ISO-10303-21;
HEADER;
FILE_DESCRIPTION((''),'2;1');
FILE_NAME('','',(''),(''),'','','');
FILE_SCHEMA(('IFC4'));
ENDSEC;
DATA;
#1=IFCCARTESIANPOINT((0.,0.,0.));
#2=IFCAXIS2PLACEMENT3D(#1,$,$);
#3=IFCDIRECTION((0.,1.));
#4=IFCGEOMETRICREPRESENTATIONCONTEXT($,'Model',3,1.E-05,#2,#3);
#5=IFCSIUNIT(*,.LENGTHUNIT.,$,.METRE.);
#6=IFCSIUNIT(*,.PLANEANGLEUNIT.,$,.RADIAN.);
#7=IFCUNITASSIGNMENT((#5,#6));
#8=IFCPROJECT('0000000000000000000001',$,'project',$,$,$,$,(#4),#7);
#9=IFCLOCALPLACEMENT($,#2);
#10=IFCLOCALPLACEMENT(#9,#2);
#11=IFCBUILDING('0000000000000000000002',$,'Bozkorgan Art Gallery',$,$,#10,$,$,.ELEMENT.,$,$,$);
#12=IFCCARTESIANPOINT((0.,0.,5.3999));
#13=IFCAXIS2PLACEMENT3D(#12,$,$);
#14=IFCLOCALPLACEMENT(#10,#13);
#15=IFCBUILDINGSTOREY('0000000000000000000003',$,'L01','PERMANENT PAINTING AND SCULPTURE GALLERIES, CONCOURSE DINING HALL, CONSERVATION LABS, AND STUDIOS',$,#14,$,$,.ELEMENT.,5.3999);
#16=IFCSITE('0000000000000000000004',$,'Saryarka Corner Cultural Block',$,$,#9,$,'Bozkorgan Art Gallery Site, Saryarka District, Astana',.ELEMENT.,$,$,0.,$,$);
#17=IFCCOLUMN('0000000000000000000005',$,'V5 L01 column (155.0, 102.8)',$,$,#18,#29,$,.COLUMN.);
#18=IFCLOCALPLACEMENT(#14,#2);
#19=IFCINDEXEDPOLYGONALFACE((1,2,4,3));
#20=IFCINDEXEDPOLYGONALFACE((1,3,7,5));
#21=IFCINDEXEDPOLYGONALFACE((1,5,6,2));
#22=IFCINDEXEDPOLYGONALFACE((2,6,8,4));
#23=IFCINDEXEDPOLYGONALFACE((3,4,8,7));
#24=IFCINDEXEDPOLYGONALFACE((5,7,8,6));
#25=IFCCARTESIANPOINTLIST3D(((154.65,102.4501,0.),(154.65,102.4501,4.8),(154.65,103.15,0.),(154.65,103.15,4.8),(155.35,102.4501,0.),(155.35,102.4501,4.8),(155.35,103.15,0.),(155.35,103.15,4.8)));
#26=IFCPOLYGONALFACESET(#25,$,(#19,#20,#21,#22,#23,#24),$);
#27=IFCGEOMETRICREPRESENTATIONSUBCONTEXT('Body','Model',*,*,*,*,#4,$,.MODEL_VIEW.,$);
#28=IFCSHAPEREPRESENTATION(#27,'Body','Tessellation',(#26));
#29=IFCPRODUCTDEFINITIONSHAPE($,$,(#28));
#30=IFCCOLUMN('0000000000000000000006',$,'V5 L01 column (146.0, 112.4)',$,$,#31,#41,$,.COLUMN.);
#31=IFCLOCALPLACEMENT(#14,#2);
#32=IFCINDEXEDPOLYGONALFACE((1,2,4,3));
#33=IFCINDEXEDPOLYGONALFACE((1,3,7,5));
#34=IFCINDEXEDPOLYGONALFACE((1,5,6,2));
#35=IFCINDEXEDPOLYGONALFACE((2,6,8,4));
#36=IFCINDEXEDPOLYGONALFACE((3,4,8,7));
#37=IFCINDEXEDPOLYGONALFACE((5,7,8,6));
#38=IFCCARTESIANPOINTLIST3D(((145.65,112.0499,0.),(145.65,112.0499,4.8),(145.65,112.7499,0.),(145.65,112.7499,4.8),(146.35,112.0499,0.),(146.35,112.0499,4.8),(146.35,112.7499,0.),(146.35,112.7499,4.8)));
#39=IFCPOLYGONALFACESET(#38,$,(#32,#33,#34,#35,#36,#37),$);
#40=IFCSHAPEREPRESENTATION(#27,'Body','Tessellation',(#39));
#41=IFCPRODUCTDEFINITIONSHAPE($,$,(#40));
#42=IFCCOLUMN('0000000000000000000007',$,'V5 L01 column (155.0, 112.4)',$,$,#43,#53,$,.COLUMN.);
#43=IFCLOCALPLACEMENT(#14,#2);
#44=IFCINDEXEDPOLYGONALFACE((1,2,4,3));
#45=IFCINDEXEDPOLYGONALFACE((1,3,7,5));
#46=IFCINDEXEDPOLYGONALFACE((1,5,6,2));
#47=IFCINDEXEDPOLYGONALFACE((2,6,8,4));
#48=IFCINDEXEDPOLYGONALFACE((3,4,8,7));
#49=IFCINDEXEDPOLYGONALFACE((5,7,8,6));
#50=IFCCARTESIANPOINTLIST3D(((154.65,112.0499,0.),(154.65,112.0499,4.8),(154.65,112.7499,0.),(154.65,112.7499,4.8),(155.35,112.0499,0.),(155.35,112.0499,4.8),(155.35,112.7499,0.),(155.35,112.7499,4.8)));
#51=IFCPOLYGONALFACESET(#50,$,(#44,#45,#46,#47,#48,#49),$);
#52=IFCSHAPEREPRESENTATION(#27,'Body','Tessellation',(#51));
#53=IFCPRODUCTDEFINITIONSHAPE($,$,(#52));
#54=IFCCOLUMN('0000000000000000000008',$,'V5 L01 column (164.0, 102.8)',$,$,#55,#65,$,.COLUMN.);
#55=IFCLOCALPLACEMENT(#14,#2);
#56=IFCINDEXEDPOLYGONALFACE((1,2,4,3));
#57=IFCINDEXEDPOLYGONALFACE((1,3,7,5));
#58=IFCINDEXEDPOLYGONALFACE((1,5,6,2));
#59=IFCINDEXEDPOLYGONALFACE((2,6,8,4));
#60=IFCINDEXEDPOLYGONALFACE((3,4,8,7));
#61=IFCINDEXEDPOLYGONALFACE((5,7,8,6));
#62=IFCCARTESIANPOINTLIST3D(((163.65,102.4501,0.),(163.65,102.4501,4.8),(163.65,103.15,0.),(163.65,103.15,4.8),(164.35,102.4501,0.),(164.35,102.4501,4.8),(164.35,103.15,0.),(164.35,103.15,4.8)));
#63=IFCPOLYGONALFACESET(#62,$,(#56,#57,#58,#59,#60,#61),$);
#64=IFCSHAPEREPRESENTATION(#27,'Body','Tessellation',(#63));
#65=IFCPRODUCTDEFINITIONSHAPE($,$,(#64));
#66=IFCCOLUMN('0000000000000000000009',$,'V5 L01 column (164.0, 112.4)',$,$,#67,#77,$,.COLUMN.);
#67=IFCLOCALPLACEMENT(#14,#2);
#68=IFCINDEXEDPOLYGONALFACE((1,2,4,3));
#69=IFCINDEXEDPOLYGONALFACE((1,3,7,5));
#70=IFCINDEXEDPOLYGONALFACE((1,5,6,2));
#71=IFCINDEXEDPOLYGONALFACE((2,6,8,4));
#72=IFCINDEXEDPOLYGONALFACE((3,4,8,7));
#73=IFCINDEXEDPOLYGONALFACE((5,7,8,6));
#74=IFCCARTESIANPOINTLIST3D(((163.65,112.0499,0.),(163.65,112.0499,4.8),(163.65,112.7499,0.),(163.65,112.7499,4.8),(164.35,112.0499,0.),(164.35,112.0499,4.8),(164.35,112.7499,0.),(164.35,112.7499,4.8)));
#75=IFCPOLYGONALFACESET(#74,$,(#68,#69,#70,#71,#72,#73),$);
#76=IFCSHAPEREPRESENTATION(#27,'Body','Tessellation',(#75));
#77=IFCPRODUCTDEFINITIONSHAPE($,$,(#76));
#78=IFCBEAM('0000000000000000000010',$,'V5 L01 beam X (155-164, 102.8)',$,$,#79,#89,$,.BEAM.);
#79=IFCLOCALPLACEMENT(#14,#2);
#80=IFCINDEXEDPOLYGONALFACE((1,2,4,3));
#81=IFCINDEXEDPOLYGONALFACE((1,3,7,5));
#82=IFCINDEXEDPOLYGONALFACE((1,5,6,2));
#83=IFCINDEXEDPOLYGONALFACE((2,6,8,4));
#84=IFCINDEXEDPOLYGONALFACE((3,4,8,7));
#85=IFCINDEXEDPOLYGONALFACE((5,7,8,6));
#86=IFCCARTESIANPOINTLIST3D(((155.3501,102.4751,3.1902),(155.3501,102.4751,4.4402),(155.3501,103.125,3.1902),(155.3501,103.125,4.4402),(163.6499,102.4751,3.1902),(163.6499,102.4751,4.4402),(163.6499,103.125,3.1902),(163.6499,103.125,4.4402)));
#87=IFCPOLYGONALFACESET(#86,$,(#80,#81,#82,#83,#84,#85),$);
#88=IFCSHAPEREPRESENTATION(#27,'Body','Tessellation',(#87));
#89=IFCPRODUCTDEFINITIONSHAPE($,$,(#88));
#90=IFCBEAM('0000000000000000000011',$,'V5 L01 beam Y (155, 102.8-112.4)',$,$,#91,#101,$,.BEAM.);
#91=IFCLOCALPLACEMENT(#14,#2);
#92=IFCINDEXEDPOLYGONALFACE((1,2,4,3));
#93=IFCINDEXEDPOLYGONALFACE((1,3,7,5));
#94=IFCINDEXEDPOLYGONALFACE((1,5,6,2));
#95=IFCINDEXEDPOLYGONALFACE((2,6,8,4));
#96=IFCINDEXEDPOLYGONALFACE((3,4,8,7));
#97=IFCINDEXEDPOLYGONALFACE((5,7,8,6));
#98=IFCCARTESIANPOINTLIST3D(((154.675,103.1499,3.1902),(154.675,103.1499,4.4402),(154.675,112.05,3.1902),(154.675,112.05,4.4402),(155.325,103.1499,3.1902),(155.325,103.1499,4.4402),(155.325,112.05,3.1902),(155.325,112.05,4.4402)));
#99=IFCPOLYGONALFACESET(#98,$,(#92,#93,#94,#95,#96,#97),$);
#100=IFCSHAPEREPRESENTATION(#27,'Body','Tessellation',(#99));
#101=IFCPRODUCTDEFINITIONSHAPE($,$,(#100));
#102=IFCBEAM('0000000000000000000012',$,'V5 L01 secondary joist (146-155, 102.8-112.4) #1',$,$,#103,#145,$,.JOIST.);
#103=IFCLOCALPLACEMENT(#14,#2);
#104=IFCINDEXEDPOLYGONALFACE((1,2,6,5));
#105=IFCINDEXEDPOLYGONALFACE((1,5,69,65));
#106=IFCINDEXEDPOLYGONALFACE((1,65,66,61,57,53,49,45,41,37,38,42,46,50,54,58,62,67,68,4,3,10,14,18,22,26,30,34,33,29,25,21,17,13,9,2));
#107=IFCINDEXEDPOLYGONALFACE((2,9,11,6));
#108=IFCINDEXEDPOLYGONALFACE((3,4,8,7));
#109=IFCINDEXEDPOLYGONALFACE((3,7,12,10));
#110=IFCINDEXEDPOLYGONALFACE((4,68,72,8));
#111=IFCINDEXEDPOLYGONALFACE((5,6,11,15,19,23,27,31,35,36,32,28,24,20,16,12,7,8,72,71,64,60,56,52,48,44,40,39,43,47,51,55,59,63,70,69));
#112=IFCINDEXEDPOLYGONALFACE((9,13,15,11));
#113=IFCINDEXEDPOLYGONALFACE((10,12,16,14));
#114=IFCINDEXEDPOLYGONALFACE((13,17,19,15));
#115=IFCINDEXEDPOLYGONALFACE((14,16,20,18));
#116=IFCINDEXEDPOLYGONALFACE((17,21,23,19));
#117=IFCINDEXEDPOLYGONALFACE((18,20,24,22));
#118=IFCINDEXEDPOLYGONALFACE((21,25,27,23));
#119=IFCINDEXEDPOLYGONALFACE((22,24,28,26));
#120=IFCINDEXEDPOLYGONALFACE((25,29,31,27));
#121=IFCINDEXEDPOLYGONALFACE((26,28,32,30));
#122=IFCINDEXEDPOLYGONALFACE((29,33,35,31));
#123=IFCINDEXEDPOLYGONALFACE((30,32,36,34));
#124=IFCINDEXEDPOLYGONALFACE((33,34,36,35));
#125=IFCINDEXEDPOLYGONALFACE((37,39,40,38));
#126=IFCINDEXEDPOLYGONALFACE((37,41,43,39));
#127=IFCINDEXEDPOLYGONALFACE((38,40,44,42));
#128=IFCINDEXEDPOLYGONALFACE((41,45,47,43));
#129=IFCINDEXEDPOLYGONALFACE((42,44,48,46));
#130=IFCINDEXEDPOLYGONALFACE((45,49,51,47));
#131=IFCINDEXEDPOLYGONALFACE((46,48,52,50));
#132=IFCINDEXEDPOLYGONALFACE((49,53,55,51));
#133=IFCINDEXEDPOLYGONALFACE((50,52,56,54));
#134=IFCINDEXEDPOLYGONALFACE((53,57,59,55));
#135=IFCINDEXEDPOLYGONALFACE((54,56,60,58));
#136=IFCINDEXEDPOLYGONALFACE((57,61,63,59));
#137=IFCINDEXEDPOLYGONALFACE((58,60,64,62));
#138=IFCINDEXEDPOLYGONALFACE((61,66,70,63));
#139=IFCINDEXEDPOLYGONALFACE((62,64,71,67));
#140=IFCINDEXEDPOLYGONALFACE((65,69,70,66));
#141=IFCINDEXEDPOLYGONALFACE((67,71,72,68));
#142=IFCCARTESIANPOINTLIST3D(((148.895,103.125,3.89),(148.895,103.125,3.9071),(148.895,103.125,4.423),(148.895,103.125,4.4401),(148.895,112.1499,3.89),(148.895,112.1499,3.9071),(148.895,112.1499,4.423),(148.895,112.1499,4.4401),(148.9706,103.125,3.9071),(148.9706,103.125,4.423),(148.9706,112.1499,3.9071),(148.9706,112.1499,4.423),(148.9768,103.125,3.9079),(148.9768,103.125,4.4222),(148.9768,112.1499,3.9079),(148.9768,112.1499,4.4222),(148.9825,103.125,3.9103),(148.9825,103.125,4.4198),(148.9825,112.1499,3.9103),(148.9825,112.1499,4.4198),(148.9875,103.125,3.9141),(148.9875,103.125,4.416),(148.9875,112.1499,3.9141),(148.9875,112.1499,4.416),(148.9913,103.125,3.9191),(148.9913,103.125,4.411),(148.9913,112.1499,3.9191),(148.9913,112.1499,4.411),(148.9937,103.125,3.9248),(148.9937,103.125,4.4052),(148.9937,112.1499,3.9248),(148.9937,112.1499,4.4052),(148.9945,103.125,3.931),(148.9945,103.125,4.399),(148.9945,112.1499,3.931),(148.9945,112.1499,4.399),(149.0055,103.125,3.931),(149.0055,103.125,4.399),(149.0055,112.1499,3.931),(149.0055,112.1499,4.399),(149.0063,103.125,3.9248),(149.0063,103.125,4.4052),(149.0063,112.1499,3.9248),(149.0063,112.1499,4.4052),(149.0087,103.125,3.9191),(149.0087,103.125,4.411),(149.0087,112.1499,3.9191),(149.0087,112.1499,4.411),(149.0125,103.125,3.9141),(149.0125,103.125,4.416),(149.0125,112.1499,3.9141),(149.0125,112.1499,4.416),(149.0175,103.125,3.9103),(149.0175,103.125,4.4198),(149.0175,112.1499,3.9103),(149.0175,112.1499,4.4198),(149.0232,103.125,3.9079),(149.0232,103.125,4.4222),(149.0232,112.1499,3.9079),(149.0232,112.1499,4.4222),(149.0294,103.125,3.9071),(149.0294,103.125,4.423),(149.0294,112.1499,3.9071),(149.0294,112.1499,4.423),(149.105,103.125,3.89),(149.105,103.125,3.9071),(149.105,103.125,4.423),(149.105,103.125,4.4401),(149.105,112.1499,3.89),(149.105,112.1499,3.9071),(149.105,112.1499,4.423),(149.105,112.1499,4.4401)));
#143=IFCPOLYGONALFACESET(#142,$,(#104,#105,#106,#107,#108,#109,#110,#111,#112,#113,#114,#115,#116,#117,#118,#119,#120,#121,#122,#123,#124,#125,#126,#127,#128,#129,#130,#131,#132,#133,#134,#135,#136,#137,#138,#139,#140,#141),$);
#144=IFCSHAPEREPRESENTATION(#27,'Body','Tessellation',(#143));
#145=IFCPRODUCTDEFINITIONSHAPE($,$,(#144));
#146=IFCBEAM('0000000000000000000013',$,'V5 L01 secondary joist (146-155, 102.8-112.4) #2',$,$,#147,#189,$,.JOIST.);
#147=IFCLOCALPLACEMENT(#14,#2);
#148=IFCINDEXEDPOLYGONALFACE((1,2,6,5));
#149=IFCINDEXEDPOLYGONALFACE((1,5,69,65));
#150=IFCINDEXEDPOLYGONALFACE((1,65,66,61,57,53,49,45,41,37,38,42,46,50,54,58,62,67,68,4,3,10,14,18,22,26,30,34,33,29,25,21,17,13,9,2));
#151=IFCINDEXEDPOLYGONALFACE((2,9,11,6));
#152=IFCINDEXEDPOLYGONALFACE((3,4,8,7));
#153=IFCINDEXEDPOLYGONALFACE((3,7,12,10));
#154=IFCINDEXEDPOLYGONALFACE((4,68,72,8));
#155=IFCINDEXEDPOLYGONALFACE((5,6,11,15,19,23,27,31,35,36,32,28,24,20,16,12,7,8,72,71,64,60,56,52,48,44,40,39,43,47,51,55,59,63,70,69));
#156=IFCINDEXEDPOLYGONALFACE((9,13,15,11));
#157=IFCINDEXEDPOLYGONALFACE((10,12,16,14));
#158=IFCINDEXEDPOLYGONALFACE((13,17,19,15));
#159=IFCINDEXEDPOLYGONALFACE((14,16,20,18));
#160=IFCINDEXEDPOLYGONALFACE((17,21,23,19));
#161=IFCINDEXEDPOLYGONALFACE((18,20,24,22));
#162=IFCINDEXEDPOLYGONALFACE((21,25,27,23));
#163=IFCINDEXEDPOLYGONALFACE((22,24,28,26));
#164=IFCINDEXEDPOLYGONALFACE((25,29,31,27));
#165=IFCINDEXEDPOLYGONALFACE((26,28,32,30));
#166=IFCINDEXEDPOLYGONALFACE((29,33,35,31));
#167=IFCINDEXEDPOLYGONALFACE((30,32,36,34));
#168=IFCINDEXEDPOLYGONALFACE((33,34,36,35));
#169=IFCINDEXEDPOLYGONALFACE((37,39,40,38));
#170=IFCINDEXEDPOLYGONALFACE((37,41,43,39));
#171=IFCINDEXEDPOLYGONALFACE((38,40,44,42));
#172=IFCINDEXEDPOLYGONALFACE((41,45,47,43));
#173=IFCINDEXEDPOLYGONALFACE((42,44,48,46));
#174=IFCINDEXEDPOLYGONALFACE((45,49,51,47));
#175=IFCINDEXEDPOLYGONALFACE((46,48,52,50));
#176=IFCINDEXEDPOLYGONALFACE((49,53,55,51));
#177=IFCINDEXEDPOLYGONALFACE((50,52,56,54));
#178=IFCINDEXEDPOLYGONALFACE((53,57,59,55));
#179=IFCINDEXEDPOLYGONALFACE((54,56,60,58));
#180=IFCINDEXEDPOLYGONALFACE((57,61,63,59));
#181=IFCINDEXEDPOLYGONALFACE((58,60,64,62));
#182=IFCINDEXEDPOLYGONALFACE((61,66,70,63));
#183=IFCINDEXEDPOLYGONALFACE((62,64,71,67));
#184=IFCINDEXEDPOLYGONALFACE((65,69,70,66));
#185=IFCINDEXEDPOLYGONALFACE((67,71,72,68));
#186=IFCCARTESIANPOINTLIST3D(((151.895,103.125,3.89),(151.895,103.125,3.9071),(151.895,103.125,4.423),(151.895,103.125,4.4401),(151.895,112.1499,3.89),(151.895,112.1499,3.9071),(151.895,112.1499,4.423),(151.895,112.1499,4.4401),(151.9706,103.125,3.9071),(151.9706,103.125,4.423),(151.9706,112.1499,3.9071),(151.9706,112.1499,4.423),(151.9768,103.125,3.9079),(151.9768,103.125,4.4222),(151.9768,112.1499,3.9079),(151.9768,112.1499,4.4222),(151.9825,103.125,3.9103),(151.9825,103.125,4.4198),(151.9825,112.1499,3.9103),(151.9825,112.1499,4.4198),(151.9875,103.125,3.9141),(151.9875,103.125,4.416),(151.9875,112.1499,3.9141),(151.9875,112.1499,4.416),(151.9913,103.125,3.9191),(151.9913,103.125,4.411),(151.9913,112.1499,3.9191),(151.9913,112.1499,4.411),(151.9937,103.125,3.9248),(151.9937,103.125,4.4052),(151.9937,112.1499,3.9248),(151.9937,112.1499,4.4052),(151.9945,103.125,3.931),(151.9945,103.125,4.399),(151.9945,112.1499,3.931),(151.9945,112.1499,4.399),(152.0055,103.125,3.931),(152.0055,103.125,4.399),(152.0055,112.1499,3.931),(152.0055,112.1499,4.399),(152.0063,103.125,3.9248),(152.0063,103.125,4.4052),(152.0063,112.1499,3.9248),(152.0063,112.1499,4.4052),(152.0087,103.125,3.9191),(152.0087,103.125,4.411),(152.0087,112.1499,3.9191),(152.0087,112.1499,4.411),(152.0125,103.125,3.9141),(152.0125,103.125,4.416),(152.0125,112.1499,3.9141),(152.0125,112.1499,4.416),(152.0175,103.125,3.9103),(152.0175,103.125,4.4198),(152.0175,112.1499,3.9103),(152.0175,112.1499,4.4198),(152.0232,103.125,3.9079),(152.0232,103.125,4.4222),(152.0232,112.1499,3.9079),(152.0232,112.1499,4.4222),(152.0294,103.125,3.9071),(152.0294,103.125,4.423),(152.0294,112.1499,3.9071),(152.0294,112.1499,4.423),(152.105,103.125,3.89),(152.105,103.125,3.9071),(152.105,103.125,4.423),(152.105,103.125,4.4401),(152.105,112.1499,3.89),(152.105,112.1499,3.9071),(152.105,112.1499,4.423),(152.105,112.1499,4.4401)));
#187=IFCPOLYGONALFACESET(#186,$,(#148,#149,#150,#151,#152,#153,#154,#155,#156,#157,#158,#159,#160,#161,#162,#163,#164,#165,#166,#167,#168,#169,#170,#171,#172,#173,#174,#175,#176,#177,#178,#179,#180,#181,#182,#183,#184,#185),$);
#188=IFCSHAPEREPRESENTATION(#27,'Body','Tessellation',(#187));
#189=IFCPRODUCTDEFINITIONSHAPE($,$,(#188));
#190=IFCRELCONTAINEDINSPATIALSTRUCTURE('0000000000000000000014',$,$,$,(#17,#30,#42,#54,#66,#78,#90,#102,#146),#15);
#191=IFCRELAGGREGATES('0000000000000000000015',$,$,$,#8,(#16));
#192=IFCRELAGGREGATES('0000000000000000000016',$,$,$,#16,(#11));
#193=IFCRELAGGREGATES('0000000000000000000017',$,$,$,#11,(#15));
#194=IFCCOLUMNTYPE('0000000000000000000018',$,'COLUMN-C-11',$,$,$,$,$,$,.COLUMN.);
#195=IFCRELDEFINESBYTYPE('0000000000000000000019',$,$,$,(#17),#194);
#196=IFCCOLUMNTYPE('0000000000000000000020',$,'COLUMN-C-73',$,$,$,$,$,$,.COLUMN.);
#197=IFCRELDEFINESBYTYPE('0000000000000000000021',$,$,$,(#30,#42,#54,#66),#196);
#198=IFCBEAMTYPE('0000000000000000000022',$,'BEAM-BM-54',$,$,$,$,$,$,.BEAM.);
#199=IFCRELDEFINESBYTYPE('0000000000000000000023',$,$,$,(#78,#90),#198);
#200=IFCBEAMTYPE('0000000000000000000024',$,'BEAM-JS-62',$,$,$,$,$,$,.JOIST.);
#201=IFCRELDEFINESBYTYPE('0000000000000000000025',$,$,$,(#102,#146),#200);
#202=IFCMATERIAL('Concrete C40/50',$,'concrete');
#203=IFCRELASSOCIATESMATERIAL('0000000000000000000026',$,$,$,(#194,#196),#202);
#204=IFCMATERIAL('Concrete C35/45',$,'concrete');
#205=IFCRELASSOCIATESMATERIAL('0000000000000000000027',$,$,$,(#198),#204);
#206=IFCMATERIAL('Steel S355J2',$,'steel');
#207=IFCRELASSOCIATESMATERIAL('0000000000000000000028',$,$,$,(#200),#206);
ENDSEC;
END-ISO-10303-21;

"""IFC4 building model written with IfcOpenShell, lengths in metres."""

from ifc_helpers import new_model, si_unit, direction, frame, origin, origin_2d, place, context, subcontext, project, spatial, rectangle, i_section, extrude, material, material_profile, profile_set, type_object, element, save


model = new_model("IFC4")

# Units and contexts
model_context = context("Model", 3, precision=1e-05, world=origin(), true_north=direction((0.0, 1.0)))
body_context = subcontext(model_context, "Body", "Model", "MODEL_VIEW")
ifc_project = project(units=[si_unit("LENGTHUNIT", "METRE"), si_unit("PLANEANGLEUNIT", "RADIAN")], contexts=[model_context])

# Site, building, storey
site_placement = place(None, origin())
site = spatial("IfcSite", under=ifc_project, at=site_placement, Name="Saryarka Corner Cultural Block", LongName="Bozkorgan Art Gallery Site, Saryarka District, Astana", CompositionType="ELEMENT", RefElevation=0.0)
building_placement = place(site_placement, origin())
building = spatial("IfcBuilding", under=site, at=building_placement, Name="Bozkorgan Art Gallery", CompositionType="ELEMENT")
storey_placement = place(building_placement, frame((0.0, 0.0, 5.3999)))
storey = spatial("IfcBuildingStorey", under=building, at=storey_placement, Name="L01", Description="PERMANENT PAINTING AND SCULPTURE GALLERIES, CONCOURSE DINING HALL, CONSERVATION LABS, AND STUDIOS", CompositionType="ELEMENT", Elevation=5.3999)

# Columns
ifc_material_1 = material(Name="Concrete C40/50", Category="concrete")
ifc_material_profile_1 = material_profile(ifc_material_1, rectangle(XDim=0.7, YDim=0.7, at=origin_2d()), Name="RC 700x700")
ifc_profile_set_1 = profile_set([ifc_material_profile_1], Name="Concrete C40/50")
column_type_1 = type_object("IfcColumnType", Name="COLUMN-C-11", PredefinedType="COLUMN", material=ifc_profile_set_1)
column_placement = place(storey_placement, frame((155.0, 102.8, 0.0), z_axis=(0.0, 0.0, 1.0), x_axis=(1.0, 0.0, 0.0)))
element("IfcColumn", 1, at=column_placement, inside=storey, type_object=column_type_1, Name="V5 L01 column (155.0, 102.8)", PredefinedType="COLUMN", context=body_context, shape_type="SweptSolid", body=[
    extrude(rectangle(XDim=0.7, YDim=0.7, at=origin_2d()), origin(), (0.0, 0.0, 1.0), 4.8),
])
ifc_material_profile_2 = material_profile(ifc_material_1, rectangle(XDim=0.7, YDim=0.7, at=origin_2d()), Name="RC 700x700")
ifc_profile_set_2 = profile_set([ifc_material_profile_2], Name="Concrete C40/50")
column_type_2 = type_object("IfcColumnType", Name="COLUMN-C-73", PredefinedType="COLUMN", material=ifc_profile_set_2)
for number, where, z_axis, x_axis, name in (
    (2, (146.0, 112.3999, 0.0), (0.0, 0.0, 1.0), (1.0, 0.0, 0.0), "V5 L01 column (146.0, 112.4)"),
    (3, (155.0, 112.3999, 0.0), (0.0, 0.0, 1.0), (1.0, 0.0, 0.0), "V5 L01 column (155.0, 112.4)"),
    (4, (164.0, 102.8, 0.0), (0.0, 0.0, 1.0), (1.0, 0.0, 0.0), "V5 L01 column (164.0, 102.8)"),
    (5, (164.0, 112.3999, 0.0), (0.0, 0.0, 1.0), (1.0, 0.0, 0.0), "V5 L01 column (164.0, 112.4)"),
):
    element("IfcColumn", number, at=place(storey_placement, frame(where, z_axis=z_axis, x_axis=x_axis)), inside=storey, type_object=column_type_2, Name=name, PredefinedType="COLUMN", context=body_context, shape_type="SweptSolid", body=[
        extrude(rectangle(XDim=0.7, YDim=0.7, at=origin_2d()), origin(), (0.0, 0.0, 1.0), 4.8),
    ])

# Beams
ifc_material_2 = material(Name="Concrete C35/45", Category="concrete")
ifc_material_profile_3 = material_profile(ifc_material_2, rectangle(XDim=0.6499, YDim=1.25, at=origin_2d()), Name="RC 650x1250")
ifc_profile_set_3 = profile_set([ifc_material_profile_3], Name="Concrete C35/45")
beam_type_1 = type_object("IfcBeamType", Name="BEAM-BM-54", PredefinedType="BEAM", material=ifc_profile_set_3)
beam_1_placement = place(storey_placement, frame((155.3501, 102.8, 3.8152), z_axis=(1.0, 0.0, 0.0), x_axis=(0.0, 1.0, 0.0)))
element("IfcBeam", 6, at=beam_1_placement, inside=storey, type_object=beam_type_1, Name="V5 L01 beam X (155-164, 102.8)", PredefinedType="BEAM", context=body_context, shape_type="SweptSolid", body=[
    extrude(rectangle(XDim=0.6499, YDim=1.25, at=origin_2d()), origin(), (0.0, 0.0, 1.0), 8.2998),
])
beam_2_placement = place(storey_placement, frame((155.0, 103.1499, 3.8152), z_axis=(0.0, 1.0, 0.0), x_axis=(-1.0, 0.0, 0.0)))
element("IfcBeam", 7, at=beam_2_placement, inside=storey, type_object=beam_type_1, Name="V5 L01 beam Y (155, 102.8-112.4)", PredefinedType="BEAM", context=body_context, shape_type="SweptSolid", body=[
    extrude(rectangle(XDim=0.6499, YDim=1.25, at=origin_2d()), origin(), (0.0, 0.0, 1.0), 8.9001),
])
ifc_material_3 = material(Name="Steel S355J2", Category="steel")
ifc_material_profile_4 = material_profile(ifc_material_3, i_section(OverallWidth=0.21, OverallDepth=0.55, WebThickness=0.011, FlangeThickness=0.0171, FilletRadius=0.0239, at=origin_2d()), Name="IPE 550")
ifc_profile_set_4 = profile_set([ifc_material_profile_4], Name="Steel S355J2")
beam_type_2 = type_object("IfcBeamType", Name="BEAM-JS-62", PredefinedType="JOIST", material=ifc_profile_set_4)
for number, where, z_axis, x_axis, name in (
    (8, (149.0, 103.125, 4.165), (0.0, 1.0, 0.0), (-1.0, 0.0, 0.0), "V5 L01 secondary joist (146-155, 102.8-112.4) #1"),
    (9, (152.0, 103.125, 4.165), (0.0, 1.0, 0.0), (-1.0, 0.0, 0.0), "V5 L01 secondary joist (146-155, 102.8-112.4) #2"),
):
    element("IfcBeam", number, at=place(storey_placement, frame(where, z_axis=z_axis, x_axis=x_axis)), inside=storey, type_object=beam_type_2, Name=name, PredefinedType="JOIST", context=body_context, shape_type="SweptSolid", body=[
        extrude(i_section(OverallWidth=0.21, OverallDepth=0.55, WebThickness=0.011, FlangeThickness=0.0171, FilletRadius=0.0239, at=origin_2d()), origin(), (0.0, 0.0, 1.0), 9.0249),
    ])

save(model, "model.ifc")
